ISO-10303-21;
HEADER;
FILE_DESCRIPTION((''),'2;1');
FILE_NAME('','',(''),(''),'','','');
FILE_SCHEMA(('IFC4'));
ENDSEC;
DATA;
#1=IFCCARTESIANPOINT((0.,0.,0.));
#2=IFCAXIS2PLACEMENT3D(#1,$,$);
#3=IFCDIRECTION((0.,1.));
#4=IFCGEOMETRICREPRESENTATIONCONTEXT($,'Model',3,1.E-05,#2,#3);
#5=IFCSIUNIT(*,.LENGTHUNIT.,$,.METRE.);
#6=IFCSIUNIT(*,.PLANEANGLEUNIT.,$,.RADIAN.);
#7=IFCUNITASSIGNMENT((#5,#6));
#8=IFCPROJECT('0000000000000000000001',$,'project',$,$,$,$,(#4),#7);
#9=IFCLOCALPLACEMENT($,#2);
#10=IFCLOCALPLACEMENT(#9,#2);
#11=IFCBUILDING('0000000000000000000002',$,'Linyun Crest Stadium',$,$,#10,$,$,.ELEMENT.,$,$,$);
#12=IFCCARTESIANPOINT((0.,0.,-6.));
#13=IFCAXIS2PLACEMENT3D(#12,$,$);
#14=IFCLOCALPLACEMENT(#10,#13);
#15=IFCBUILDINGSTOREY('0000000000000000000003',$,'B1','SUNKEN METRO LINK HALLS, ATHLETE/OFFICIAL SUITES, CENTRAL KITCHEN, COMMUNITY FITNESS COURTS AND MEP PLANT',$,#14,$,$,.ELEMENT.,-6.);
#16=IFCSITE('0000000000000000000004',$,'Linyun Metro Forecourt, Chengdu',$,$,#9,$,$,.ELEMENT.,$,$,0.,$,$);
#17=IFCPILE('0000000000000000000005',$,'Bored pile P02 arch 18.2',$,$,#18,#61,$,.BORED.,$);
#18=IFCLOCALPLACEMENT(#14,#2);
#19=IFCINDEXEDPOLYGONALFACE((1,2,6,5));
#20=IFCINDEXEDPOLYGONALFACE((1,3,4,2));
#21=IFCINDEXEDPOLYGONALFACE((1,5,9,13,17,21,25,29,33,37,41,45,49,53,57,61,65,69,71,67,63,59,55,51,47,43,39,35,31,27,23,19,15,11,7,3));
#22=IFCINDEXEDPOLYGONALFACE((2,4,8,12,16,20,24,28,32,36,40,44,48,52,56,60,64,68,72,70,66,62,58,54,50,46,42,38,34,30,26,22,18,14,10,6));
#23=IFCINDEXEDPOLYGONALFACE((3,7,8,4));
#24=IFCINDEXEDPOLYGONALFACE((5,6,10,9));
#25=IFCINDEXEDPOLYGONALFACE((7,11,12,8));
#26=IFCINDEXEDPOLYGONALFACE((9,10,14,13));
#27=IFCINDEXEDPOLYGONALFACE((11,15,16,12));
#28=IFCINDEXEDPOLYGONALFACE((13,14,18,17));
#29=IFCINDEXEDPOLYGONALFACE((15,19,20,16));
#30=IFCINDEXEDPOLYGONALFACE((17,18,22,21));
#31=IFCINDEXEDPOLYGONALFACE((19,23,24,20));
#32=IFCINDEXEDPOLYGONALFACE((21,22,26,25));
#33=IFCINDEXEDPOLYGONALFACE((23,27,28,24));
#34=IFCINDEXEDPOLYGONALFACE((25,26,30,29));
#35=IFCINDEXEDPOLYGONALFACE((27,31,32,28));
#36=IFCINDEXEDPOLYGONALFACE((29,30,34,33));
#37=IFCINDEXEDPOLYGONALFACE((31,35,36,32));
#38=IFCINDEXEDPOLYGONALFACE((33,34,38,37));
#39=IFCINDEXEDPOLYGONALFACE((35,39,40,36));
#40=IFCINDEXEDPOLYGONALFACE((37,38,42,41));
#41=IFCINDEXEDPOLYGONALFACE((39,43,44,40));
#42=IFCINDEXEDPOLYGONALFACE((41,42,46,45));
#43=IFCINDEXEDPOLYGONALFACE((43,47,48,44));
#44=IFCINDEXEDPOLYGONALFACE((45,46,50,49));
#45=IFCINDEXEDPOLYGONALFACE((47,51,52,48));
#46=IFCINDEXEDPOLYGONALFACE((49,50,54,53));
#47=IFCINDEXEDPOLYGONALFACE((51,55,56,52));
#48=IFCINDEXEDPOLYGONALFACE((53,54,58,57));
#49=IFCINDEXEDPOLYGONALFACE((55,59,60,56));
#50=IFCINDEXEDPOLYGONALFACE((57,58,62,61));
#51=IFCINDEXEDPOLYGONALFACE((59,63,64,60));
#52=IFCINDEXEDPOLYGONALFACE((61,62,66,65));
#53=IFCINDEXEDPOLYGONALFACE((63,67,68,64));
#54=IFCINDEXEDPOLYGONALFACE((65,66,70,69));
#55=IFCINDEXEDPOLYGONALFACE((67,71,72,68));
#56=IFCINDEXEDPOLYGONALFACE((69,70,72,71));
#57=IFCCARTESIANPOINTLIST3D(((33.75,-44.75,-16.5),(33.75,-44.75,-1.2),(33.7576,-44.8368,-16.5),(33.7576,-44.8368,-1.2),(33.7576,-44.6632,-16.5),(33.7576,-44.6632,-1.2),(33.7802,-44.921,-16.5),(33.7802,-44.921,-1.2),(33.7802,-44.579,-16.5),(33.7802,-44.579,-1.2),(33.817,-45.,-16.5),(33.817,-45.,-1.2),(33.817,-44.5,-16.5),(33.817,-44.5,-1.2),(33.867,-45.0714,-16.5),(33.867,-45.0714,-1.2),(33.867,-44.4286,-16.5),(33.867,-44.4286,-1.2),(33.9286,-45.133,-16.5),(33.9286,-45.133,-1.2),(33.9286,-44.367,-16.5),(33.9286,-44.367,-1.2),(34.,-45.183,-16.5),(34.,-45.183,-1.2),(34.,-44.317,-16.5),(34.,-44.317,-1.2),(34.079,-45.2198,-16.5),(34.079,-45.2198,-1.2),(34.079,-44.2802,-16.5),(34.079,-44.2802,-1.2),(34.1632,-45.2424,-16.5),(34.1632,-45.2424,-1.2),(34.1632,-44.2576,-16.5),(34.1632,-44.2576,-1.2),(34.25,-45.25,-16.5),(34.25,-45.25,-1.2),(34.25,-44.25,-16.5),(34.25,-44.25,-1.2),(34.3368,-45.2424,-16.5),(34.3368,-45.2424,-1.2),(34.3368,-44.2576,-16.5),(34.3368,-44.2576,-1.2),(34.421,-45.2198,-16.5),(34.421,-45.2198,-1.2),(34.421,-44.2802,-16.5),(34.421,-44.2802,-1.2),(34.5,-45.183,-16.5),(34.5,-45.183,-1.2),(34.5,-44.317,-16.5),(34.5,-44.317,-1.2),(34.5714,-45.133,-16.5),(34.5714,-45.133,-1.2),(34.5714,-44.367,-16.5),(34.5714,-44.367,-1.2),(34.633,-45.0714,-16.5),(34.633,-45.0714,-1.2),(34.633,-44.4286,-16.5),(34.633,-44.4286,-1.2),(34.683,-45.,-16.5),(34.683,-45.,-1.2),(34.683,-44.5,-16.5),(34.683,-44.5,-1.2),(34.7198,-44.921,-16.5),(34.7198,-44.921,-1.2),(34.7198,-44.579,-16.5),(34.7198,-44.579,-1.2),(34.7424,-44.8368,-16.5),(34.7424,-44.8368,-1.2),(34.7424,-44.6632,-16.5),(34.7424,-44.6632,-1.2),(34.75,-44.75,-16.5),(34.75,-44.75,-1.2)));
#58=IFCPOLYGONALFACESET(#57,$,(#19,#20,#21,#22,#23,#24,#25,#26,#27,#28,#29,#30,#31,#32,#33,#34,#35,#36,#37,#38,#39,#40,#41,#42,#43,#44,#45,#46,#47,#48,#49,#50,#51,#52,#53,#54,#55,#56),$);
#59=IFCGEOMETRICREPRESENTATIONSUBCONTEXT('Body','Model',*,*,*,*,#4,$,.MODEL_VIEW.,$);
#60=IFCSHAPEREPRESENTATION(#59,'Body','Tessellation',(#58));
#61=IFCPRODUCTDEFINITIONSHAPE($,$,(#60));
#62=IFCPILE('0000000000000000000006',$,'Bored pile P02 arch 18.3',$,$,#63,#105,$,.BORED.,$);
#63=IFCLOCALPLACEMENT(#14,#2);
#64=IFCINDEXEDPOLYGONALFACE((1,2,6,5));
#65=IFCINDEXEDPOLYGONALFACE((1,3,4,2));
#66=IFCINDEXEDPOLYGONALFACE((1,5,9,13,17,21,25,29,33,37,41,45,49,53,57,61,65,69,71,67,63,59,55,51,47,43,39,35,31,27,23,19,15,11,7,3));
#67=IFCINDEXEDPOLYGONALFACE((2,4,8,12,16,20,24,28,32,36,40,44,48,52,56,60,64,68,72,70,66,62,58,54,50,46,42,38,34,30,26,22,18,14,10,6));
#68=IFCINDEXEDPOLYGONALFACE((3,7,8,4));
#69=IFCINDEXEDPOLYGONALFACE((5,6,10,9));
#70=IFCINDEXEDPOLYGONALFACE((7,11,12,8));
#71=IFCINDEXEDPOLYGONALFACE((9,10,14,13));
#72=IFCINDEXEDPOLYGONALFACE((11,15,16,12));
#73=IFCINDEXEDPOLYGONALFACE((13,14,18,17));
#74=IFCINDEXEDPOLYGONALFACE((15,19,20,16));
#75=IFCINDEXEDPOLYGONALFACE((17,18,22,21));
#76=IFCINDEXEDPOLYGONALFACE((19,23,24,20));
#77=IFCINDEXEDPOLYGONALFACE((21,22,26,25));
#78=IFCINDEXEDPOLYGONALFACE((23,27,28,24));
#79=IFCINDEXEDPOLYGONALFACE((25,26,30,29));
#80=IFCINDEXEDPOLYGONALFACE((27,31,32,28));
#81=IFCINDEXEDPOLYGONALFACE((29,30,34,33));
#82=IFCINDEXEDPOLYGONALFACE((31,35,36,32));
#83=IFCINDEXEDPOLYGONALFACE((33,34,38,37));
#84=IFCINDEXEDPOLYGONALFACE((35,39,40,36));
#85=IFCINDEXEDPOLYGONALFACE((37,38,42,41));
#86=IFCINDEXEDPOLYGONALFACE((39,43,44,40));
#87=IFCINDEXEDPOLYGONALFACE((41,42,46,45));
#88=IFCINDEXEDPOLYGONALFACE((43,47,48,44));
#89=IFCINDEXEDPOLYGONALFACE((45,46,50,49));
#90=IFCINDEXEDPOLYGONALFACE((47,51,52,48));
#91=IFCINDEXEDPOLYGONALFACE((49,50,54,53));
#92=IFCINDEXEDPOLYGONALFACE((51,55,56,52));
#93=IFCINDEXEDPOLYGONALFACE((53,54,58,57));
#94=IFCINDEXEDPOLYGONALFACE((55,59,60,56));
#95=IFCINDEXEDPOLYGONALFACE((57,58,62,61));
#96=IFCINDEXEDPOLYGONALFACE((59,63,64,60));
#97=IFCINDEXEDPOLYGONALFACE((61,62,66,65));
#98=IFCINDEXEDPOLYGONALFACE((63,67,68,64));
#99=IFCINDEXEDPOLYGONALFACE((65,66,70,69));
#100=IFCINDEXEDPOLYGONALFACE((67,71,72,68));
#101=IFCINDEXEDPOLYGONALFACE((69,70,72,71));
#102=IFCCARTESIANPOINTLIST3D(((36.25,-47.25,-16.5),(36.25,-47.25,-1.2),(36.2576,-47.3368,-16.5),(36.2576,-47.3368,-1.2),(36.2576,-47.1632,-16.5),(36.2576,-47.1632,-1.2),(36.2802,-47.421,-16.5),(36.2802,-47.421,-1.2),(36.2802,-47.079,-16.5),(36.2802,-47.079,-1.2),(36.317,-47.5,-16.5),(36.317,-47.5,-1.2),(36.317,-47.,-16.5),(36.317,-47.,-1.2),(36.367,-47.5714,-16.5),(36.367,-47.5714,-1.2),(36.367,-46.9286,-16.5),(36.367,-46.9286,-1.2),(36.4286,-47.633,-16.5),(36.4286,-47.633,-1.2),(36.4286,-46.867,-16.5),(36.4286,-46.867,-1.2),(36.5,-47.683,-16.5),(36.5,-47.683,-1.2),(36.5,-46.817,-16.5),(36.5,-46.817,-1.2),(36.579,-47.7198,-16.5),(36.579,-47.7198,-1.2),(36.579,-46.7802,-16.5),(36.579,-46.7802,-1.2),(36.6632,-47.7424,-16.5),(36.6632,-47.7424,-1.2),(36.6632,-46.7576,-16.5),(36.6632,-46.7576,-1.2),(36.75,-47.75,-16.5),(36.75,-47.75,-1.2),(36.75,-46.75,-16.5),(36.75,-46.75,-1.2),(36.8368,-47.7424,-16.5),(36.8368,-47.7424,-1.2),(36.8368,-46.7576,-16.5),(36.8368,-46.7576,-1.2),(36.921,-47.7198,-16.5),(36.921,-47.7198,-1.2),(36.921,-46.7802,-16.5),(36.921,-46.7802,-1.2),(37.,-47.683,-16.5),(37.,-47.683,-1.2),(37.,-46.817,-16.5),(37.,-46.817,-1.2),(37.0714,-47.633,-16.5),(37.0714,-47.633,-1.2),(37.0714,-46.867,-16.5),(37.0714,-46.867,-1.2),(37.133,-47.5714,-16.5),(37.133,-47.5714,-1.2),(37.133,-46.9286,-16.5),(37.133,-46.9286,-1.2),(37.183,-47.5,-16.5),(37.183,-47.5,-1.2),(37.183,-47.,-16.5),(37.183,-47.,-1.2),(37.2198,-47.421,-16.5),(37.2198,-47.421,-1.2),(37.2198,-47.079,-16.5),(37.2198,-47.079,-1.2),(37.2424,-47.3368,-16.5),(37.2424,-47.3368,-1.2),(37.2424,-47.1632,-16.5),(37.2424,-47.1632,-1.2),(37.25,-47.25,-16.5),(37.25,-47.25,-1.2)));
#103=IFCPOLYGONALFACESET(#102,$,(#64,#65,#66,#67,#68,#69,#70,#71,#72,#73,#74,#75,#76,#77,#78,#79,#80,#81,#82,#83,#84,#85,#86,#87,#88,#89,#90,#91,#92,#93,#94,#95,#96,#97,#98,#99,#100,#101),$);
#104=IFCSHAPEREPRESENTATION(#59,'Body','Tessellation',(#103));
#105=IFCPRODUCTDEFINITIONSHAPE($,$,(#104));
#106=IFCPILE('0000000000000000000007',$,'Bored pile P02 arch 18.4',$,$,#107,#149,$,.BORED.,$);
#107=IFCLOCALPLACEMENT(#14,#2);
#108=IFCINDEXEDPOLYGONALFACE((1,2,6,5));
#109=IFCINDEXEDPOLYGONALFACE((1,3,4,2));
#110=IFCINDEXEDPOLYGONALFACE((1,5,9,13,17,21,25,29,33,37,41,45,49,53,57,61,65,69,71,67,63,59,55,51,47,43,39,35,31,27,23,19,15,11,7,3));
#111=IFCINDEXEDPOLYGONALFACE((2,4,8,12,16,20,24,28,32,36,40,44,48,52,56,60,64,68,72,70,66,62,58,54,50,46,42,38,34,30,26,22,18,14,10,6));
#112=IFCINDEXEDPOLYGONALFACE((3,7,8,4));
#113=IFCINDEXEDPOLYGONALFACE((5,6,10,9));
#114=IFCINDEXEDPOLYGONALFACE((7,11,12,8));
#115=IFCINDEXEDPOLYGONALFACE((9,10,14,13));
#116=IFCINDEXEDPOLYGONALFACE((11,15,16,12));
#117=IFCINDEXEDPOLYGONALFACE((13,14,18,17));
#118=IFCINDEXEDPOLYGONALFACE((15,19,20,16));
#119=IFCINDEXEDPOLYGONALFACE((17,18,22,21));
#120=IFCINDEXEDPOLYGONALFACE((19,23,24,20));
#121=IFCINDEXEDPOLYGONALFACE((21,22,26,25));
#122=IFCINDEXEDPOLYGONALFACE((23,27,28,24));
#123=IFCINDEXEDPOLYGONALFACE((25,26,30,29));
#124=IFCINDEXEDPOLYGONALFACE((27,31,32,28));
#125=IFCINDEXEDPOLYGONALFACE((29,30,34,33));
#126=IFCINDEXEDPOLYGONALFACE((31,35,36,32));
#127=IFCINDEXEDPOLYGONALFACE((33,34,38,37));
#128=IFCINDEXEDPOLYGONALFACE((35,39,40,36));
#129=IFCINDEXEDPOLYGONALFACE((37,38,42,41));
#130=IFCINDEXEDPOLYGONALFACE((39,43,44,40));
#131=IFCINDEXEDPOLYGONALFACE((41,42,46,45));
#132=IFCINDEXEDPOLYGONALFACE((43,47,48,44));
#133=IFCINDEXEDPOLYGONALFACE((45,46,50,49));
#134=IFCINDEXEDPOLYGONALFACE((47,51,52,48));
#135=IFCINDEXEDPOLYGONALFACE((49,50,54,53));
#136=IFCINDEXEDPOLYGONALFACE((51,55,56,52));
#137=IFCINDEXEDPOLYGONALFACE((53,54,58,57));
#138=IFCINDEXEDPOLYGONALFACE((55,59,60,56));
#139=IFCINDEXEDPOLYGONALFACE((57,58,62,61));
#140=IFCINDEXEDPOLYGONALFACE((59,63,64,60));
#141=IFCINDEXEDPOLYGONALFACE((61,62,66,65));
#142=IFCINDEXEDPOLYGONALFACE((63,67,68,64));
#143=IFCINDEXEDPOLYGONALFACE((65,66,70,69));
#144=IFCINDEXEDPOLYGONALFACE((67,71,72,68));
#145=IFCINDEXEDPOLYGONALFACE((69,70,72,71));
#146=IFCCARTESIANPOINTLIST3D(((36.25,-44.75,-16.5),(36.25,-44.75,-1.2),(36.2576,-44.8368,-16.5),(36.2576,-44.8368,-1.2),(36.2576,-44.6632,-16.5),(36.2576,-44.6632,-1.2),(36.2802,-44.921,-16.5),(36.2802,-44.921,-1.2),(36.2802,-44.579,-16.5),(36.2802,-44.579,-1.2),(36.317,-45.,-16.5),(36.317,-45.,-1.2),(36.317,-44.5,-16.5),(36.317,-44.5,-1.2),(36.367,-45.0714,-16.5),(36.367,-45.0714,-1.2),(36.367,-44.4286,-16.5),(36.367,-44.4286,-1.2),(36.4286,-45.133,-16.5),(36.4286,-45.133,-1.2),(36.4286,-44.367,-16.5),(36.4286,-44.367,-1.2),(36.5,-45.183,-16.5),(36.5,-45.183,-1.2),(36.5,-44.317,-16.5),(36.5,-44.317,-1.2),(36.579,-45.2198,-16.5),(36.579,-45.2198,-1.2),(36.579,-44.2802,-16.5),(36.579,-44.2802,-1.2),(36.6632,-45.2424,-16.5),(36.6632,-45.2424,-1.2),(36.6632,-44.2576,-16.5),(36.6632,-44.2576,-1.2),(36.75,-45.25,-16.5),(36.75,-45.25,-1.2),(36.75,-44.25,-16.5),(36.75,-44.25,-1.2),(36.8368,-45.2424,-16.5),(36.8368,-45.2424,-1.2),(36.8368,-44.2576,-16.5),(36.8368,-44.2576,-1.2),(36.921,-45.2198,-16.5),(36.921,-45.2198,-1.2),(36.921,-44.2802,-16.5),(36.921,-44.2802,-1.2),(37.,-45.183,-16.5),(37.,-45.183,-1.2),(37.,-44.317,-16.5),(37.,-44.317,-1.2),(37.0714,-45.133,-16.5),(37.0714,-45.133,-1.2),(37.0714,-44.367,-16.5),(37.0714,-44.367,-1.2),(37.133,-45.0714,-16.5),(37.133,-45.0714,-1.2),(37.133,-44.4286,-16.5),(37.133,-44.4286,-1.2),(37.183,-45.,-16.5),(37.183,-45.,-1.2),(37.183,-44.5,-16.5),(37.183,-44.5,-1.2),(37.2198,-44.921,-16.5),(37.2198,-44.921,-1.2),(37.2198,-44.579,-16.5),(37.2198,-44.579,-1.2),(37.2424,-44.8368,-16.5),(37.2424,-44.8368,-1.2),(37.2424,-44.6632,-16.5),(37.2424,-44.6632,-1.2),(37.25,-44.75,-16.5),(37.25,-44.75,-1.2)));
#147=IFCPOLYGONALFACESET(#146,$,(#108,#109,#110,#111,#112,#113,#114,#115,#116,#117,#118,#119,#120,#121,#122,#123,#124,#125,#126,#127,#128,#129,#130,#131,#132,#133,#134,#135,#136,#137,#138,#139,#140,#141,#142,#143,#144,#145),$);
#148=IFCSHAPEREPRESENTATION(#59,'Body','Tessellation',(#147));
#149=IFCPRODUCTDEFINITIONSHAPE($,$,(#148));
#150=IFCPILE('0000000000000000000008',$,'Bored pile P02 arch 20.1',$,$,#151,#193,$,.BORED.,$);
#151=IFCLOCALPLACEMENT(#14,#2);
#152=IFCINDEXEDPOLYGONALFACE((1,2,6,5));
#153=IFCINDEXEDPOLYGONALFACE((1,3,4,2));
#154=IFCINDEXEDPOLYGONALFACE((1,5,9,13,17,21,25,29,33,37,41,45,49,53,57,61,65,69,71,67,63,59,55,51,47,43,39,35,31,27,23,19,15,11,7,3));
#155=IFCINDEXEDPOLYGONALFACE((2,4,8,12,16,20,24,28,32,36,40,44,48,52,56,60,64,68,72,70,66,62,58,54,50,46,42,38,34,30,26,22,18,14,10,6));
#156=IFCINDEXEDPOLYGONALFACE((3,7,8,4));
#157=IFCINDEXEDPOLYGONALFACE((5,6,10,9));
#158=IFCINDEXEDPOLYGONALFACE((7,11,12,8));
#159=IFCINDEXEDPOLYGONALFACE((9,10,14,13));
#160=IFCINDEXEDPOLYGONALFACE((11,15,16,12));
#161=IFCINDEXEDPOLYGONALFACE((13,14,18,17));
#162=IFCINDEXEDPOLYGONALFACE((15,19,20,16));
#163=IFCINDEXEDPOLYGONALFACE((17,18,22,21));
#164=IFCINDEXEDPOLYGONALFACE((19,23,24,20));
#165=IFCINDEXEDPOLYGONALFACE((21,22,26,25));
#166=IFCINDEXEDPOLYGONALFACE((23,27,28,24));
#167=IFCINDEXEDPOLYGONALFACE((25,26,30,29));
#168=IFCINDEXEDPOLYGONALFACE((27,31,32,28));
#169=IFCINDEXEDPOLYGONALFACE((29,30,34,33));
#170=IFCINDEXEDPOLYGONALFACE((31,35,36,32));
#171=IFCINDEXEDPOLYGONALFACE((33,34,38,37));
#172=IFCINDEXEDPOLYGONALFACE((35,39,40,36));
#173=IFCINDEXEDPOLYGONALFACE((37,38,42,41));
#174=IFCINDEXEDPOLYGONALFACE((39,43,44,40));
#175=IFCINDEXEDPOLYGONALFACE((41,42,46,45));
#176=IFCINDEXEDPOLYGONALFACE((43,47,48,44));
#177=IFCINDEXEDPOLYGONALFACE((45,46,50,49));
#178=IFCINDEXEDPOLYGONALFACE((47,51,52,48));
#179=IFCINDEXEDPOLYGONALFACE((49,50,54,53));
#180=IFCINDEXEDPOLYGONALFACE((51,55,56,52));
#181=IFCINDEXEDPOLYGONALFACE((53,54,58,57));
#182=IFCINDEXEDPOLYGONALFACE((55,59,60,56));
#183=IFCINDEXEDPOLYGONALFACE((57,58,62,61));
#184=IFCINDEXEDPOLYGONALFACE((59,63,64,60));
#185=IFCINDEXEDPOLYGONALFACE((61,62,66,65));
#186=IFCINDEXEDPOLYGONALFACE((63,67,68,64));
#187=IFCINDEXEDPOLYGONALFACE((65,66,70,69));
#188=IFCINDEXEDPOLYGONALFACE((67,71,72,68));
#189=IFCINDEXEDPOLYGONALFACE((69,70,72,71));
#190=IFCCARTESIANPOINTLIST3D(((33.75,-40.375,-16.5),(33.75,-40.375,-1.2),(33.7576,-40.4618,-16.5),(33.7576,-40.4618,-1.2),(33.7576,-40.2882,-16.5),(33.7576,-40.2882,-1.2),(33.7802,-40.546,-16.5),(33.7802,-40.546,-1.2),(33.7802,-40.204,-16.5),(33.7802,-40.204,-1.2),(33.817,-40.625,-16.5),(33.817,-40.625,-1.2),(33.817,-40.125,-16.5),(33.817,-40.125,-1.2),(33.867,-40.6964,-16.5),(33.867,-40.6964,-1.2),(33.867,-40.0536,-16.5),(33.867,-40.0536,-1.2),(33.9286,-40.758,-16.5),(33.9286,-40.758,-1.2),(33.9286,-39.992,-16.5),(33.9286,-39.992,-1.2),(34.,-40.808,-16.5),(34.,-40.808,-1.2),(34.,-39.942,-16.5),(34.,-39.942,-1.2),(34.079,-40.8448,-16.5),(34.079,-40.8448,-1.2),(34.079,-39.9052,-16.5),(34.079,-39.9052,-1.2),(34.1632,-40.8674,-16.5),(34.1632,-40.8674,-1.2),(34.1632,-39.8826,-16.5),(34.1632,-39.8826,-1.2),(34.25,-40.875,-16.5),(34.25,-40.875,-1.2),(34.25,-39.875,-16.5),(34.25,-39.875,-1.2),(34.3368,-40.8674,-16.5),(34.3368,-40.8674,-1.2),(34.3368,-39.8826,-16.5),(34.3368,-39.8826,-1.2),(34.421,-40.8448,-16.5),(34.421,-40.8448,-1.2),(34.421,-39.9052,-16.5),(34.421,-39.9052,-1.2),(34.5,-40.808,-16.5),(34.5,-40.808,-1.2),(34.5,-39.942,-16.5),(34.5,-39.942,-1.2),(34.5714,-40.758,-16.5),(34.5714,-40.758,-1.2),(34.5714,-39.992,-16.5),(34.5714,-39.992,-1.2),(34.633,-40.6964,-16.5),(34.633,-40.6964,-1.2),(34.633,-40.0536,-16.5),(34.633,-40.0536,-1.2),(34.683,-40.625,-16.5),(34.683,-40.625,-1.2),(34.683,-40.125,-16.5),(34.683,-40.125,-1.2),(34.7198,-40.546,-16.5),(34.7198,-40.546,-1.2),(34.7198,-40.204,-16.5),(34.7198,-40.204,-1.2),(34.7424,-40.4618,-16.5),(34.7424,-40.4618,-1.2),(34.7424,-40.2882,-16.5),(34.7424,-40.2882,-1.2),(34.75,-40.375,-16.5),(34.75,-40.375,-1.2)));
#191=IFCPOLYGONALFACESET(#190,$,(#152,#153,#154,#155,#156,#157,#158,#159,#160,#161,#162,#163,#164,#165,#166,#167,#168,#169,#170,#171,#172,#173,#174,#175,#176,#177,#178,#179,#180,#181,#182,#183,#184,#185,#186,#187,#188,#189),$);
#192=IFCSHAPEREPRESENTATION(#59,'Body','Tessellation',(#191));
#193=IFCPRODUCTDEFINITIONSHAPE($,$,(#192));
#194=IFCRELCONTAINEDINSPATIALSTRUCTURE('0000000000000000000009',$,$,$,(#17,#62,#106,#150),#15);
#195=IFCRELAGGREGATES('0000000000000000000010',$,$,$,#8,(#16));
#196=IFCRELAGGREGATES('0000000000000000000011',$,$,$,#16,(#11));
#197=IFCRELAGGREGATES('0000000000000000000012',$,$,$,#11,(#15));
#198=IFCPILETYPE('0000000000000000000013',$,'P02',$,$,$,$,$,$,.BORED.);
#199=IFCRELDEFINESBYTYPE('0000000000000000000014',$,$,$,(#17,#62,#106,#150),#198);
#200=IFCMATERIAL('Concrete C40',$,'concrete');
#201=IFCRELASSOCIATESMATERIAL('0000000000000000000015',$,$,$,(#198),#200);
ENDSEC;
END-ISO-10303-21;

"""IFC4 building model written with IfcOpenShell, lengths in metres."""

from ifc_helpers import new_model, si_unit, direction, frame, origin, origin_2d, place, context, subcontext, project, spatial, circle, extrude, material, material_profile, profile_set, type_object, element, save


model = new_model("IFC4")

# Units and contexts
model_context = context("Model", 3, precision=1e-05, world=origin(), true_north=direction((0.0, 1.0)))
body_context = subcontext(model_context, "Body", "Model", "MODEL_VIEW")
ifc_project = project(units=[si_unit("LENGTHUNIT", "METRE"), si_unit("PLANEANGLEUNIT", "RADIAN")], contexts=[model_context])

# Site, building, storey
site_placement = place(None, origin())
site = spatial("IfcSite", under=ifc_project, at=site_placement, Name="Linyun Metro Forecourt, Chengdu", CompositionType="ELEMENT", RefElevation=0.0)
building_placement = place(site_placement, origin())
building = spatial("IfcBuilding", under=site, at=building_placement, Name="Linyun Crest Stadium", CompositionType="ELEMENT")
storey_placement = place(building_placement, frame((0.0, 0.0, -6.0)))
storey = spatial("IfcBuildingStorey", under=building, at=storey_placement, Name="B1", Description="SUNKEN METRO LINK HALLS, ATHLETE/OFFICIAL SUITES, CENTRAL KITCHEN, COMMUNITY FITNESS COURTS AND MEP PLANT", CompositionType="ELEMENT", Elevation=-6.0)

# Piles
ifc_material_1 = material(Name="Concrete C40", Category="concrete")
ifc_material_profile_1 = material_profile(ifc_material_1, circle(Radius=0.5, at=origin_2d()), Name="BORED PILE 1000")
ifc_profile_set_1 = profile_set([ifc_material_profile_1], Name="Concrete C40")
pile_type_1 = type_object("IfcPileType", Name="P02", PredefinedType="BORED", material=ifc_profile_set_1)
for number, where, z_axis, x_axis, name in (
    (1, (34.25, -44.75, -1.2), (0.0, 0.0, -1.0), (1.0, 0.0, 0.0), "Bored pile P02 arch 18.2"),
    (2, (36.75, -47.25, -1.2), (0.0, 0.0, -1.0), (1.0, 0.0, 0.0), "Bored pile P02 arch 18.3"),
    (3, (36.75, -44.75, -1.2), (0.0, 0.0, -1.0), (1.0, 0.0, 0.0), "Bored pile P02 arch 18.4"),
    (4, (34.25, -40.375, -1.2), (0.0, 0.0, -1.0), (1.0, 0.0, 0.0), "Bored pile P02 arch 20.1"),
):
    element("IfcPile", number, at=place(storey_placement, frame(where, z_axis=z_axis, x_axis=x_axis)), inside=storey, type_object=pile_type_1, Name=name, PredefinedType="BORED", context=body_context, shape_type="SweptSolid", body=[
        extrude(circle(Radius=0.5, at=origin_2d()), origin(), (0.0, 0.0, 1.0), 15.3),
    ])

save(model, "model.ifc")
